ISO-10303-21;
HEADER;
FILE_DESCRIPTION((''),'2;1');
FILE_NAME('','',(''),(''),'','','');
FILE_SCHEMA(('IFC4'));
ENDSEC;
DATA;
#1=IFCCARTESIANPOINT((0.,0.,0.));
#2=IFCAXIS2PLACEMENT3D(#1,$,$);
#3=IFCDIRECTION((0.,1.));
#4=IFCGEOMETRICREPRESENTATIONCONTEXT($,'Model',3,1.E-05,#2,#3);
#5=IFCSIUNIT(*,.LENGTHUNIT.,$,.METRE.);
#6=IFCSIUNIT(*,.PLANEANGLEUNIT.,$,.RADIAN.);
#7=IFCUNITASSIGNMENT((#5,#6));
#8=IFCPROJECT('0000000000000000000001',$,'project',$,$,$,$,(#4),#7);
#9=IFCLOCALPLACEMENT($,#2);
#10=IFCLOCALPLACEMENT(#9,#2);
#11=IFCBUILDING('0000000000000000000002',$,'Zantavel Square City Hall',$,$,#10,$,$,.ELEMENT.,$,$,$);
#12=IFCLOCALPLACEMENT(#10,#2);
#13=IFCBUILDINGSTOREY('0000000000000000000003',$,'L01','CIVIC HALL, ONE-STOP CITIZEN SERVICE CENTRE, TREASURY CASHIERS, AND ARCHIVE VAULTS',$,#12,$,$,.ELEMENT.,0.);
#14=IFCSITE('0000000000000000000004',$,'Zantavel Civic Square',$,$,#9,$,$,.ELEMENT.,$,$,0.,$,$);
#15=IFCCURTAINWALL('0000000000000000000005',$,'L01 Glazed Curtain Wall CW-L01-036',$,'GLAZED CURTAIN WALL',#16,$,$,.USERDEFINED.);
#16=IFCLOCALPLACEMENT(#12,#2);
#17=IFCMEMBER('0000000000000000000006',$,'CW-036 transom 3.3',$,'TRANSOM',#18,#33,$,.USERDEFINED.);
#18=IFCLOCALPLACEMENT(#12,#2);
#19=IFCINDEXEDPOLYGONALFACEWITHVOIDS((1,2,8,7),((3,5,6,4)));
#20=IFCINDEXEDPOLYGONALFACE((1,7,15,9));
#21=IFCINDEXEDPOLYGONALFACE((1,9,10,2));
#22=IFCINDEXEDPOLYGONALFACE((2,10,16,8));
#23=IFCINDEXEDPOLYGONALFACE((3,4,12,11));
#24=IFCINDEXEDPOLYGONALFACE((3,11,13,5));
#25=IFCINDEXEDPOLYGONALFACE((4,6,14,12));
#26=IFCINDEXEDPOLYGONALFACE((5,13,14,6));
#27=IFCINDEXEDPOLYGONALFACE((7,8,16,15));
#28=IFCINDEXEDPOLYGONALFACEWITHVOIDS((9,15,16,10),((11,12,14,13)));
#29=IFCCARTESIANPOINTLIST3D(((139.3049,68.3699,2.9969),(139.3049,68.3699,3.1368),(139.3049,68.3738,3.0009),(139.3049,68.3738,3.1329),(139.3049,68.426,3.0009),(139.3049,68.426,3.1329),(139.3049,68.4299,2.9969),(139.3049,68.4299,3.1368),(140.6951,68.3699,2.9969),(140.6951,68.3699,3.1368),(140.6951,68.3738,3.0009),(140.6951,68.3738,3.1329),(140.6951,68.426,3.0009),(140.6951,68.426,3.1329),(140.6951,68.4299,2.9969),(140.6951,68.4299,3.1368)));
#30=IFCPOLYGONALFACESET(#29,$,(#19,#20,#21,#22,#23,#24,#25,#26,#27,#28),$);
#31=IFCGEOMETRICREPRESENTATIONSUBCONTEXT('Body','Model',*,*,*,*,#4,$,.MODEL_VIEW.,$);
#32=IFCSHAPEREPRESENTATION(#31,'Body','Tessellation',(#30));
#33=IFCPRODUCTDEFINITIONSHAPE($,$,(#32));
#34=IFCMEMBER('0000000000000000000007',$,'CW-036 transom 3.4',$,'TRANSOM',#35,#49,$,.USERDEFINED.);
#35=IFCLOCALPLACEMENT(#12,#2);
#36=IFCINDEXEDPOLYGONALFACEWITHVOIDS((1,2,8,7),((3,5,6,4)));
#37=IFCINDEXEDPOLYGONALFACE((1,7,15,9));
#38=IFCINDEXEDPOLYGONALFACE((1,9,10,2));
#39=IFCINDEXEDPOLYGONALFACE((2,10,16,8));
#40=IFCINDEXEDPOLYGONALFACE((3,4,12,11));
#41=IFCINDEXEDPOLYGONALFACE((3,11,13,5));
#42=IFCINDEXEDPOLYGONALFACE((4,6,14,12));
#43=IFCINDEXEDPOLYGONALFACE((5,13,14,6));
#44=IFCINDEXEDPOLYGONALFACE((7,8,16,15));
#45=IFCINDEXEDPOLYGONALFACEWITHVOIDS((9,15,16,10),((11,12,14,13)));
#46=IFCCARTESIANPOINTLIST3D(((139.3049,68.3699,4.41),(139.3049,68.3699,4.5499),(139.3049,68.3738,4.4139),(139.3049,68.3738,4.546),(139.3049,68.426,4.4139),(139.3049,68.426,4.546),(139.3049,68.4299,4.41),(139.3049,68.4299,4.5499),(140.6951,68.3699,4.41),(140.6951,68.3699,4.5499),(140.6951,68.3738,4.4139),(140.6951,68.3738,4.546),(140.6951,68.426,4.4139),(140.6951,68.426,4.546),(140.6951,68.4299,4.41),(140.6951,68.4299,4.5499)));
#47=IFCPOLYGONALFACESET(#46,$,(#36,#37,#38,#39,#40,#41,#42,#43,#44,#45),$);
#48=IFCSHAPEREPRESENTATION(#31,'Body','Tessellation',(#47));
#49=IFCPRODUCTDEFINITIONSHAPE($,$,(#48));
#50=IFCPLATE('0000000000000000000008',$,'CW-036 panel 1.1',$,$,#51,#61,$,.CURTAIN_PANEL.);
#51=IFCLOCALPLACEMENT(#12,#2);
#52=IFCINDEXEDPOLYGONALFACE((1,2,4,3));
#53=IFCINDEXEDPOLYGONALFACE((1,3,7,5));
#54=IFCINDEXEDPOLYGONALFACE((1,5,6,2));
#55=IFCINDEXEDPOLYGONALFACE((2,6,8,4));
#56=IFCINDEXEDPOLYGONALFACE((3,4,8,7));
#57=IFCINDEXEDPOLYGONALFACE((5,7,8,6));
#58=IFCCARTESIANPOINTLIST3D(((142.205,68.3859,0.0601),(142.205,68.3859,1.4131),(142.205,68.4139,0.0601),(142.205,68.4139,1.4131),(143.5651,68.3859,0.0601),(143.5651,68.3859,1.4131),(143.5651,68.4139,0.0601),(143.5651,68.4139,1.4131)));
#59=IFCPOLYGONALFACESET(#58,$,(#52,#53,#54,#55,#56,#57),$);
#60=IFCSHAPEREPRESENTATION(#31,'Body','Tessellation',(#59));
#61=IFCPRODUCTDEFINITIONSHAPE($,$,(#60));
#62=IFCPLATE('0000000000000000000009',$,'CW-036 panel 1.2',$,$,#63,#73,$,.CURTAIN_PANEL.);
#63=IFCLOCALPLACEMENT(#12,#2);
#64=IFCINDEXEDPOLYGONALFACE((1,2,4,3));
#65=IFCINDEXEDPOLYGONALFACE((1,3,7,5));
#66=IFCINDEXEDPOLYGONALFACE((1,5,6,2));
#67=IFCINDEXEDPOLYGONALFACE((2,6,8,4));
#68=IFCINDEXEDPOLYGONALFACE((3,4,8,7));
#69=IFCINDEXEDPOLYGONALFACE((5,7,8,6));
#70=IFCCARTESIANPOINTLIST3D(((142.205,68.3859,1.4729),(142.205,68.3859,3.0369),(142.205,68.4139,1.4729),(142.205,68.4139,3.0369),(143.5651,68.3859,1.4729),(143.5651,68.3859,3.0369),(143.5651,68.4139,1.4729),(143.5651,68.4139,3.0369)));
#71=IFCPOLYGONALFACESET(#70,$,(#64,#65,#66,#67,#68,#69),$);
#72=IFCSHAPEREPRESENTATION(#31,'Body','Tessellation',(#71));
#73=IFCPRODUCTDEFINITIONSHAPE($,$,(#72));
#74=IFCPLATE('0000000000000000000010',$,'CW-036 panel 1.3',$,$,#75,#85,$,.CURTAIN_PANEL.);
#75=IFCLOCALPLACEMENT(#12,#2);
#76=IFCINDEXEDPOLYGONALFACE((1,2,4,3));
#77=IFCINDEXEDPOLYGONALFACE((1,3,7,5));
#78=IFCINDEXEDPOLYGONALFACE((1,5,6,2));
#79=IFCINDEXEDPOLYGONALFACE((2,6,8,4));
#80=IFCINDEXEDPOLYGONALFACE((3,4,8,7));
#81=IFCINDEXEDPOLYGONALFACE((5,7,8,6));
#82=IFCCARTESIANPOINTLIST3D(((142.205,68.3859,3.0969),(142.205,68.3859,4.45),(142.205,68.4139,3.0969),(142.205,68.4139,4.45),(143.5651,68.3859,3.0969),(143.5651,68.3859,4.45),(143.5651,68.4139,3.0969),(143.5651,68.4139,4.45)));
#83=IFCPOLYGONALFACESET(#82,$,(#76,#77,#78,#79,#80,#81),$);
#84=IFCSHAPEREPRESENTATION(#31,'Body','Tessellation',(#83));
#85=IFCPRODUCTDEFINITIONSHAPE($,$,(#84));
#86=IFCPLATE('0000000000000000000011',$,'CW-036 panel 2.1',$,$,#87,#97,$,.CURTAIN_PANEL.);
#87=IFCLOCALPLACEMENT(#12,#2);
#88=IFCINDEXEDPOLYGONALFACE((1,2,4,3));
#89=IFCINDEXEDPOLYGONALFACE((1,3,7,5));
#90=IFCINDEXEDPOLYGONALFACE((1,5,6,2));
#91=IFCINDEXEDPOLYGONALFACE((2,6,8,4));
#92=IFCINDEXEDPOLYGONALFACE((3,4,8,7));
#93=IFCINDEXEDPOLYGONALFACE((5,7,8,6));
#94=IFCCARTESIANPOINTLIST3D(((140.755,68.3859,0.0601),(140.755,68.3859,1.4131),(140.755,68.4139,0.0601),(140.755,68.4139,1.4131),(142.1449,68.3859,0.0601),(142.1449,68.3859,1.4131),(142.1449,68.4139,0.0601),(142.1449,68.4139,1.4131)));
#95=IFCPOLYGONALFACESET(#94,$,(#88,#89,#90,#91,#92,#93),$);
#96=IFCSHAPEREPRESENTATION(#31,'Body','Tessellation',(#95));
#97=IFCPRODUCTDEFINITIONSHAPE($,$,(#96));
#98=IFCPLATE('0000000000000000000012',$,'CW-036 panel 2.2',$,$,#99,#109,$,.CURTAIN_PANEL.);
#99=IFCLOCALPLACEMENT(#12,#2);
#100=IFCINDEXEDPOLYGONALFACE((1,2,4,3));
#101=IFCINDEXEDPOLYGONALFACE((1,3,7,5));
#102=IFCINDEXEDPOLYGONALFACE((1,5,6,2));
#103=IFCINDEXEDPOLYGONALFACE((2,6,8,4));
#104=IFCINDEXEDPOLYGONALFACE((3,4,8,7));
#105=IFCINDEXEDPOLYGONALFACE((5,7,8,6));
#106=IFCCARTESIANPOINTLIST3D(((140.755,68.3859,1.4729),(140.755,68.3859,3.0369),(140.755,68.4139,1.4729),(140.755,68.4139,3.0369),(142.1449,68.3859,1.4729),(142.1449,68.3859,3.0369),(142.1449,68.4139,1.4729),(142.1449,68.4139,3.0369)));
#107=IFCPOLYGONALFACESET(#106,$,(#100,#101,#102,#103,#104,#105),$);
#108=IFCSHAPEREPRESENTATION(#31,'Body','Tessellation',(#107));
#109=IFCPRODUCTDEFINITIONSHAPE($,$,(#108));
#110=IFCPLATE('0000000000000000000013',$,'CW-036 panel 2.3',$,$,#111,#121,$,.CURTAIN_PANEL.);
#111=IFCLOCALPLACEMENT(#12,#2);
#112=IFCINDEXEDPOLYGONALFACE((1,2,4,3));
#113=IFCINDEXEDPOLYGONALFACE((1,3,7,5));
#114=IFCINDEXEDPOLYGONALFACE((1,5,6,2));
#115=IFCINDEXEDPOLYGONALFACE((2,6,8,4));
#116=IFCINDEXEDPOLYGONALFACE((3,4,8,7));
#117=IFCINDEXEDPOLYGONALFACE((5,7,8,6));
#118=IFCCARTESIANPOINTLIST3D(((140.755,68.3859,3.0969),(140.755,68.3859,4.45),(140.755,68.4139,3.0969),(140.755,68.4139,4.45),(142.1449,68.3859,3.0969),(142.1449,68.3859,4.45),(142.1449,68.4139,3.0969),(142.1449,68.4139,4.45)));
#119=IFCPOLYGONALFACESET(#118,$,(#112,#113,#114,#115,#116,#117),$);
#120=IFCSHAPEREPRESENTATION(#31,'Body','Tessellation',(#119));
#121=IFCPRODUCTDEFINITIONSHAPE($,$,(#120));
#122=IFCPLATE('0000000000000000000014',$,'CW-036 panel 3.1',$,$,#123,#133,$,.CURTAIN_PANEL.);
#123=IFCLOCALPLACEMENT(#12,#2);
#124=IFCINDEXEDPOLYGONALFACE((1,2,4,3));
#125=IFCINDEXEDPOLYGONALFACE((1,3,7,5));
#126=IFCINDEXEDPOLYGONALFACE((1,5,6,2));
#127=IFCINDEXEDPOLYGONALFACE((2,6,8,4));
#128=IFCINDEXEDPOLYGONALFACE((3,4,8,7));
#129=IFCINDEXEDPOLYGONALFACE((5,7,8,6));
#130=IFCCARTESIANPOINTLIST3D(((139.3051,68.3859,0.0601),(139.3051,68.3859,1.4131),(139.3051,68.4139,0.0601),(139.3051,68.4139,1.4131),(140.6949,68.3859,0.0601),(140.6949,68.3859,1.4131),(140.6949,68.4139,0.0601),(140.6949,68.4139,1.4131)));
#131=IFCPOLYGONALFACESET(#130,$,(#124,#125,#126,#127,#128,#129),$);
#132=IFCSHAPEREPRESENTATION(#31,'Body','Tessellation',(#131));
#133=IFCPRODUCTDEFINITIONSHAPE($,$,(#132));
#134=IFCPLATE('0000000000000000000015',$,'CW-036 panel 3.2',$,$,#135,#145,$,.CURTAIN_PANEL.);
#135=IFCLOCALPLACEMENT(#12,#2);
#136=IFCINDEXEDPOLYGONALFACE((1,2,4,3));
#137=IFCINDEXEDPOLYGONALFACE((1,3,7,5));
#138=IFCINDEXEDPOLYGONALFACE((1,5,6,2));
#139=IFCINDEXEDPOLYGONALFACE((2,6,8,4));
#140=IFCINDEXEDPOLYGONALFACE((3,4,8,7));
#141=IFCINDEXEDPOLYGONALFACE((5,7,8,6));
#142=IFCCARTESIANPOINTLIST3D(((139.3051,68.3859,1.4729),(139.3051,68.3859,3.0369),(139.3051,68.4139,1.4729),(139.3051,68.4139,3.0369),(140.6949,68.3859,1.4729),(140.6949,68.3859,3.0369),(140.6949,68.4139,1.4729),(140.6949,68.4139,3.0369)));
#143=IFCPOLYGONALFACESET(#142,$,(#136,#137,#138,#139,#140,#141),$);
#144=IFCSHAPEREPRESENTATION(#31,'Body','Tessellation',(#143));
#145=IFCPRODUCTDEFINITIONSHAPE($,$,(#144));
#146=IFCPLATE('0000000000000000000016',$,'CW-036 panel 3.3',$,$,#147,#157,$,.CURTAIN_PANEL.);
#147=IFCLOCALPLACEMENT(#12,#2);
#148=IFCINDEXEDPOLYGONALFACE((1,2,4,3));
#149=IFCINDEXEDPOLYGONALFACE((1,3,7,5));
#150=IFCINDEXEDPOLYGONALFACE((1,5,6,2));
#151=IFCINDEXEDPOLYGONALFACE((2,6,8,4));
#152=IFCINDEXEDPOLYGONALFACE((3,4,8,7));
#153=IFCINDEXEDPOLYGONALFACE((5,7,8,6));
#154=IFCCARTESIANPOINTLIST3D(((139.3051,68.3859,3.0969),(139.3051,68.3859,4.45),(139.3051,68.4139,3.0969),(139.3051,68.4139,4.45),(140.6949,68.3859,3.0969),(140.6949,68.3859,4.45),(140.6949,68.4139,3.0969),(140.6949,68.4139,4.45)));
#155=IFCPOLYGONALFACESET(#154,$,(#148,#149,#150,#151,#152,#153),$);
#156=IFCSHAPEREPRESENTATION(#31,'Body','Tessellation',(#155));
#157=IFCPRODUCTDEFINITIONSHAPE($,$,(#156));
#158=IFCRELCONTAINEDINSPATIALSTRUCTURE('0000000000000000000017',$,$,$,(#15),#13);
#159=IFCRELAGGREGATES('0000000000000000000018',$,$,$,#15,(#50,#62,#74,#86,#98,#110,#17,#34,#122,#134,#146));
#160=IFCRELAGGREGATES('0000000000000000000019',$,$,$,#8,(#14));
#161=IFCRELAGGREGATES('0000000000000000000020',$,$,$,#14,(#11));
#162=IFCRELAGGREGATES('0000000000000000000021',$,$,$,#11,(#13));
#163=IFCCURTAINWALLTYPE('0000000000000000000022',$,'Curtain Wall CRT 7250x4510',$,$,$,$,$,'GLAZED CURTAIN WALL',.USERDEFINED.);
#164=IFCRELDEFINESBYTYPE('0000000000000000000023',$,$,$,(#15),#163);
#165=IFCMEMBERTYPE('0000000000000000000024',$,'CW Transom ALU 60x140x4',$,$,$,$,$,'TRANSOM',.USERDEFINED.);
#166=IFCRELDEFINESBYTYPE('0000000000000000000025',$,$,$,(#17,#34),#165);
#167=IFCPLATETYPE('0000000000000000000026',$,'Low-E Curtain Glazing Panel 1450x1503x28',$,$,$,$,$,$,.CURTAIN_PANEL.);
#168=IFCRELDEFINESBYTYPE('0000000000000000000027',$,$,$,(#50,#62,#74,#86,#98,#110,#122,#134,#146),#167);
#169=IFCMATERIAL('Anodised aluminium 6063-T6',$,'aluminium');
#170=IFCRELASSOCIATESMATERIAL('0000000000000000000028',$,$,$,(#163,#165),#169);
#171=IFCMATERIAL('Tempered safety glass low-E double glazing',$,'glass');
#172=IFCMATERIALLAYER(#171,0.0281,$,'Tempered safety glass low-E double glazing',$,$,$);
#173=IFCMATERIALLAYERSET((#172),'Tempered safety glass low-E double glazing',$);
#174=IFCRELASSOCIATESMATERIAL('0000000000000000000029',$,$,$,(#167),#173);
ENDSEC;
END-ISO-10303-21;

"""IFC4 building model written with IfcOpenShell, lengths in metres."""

from ifc_helpers import new_model, si_unit, direction, frame, origin, origin_2d, place, context, subcontext, project, spatial, rectangle, hollow_rectangle, extrude, material, layer, layer_set, material_profile, profile_set, type_object, element, aggregate, save


model = new_model("IFC4")

# Units and contexts
model_context = context("Model", 3, precision=1e-05, world=origin(), true_north=direction((0.0, 1.0)))
body_context = subcontext(model_context, "Body", "Model", "MODEL_VIEW")
ifc_project = project(units=[si_unit("LENGTHUNIT", "METRE"), si_unit("PLANEANGLEUNIT", "RADIAN")], contexts=[model_context])

# Site, building, storey
site_placement = place(None, origin())
site = spatial("IfcSite", under=ifc_project, at=site_placement, Name="Zantavel Civic Square", CompositionType="ELEMENT", RefElevation=0.0)
building_placement = place(site_placement, origin())
building = spatial("IfcBuilding", under=site, at=building_placement, Name="Zantavel Square City Hall", CompositionType="ELEMENT")
storey_placement = place(building_placement, origin())
storey = spatial("IfcBuildingStorey", under=building, at=storey_placement, Name="L01", Description="CIVIC HALL, ONE-STOP CITIZEN SERVICE CENTRE, TREASURY CASHIERS, AND ARCHIVE VAULTS", CompositionType="ELEMENT", Elevation=0.0)

# Curtain wall, members, plates
ifc_material_1 = material(Name="Anodised aluminium 6063-T6", Category="aluminium")
curtain_wall_type = type_object("IfcCurtainWallType", Name="Curtain Wall CRT 7250x4510", ElementType="GLAZED CURTAIN WALL", PredefinedType="USERDEFINED", material=ifc_material_1)
curtain_wall_placement = place(storey_placement, origin())
curtain_wall = element("IfcCurtainWall", 1, at=curtain_wall_placement, inside=storey, type_object=curtain_wall_type, Name="L01 Glazed Curtain Wall CW-L01-036", ObjectType="GLAZED CURTAIN WALL", PredefinedType="USERDEFINED")
ifc_material_profile_1 = material_profile(ifc_material_1, hollow_rectangle(XDim=0.0601, YDim=0.1399, WallThickness=0.0039, at=origin_2d()), Name="ALU 60x140x4")
ifc_profile_set_1 = profile_set([ifc_material_profile_1], Name="Anodised aluminium 6063-T6")
member_type_1 = type_object("IfcMemberType", Name="CW Transom ALU 60x140x4", ElementType="TRANSOM", PredefinedType="USERDEFINED", material=ifc_profile_set_1)
member_1_placement = place(storey_placement, frame((140.6951, 68.3999, 3.0669), z_axis=(-1.0, 0.0, 0.0), x_axis=(0.0, -1.0, 0.0)))
member_1 = element("IfcMember", 2, at=member_1_placement, type_object=member_type_1, Name="CW-036 transom 3.3", ObjectType="TRANSOM", PredefinedType="USERDEFINED", context=body_context, shape_type="SweptSolid", body=[
    extrude(hollow_rectangle(XDim=0.0601, YDim=0.1399, WallThickness=0.0039, at=origin_2d()), origin(), (0.0, 0.0, 1.0), 1.3901),
])
member_2_placement = place(storey_placement, frame((140.6951, 68.3999, 4.48), z_axis=(-1.0, 0.0, 0.0), x_axis=(0.0, -1.0, 0.0)))
member_2 = element("IfcMember", 3, at=member_2_placement, type_object=member_type_1, Name="CW-036 transom 3.4", ObjectType="TRANSOM", PredefinedType="USERDEFINED", context=body_context, shape_type="SweptSolid", body=[
    extrude(hollow_rectangle(XDim=0.0601, YDim=0.1399, WallThickness=0.0039, at=origin_2d()), origin(), (0.0, 0.0, 1.0), 1.3901),
])
ifc_material_2 = material(Name="Tempered safety glass low-E double glazing", Category="glass")
ifc_layer = layer(ifc_material_2, 0.0281, Name="Tempered safety glass low-E double glazing")
ifc_layer_set = layer_set([ifc_layer], Name="Tempered safety glass low-E double glazing")
plate_type = type_object("IfcPlateType", Name="Low-E Curtain Glazing Panel 1450x1503x28", PredefinedType="CURTAIN_PANEL", material=ifc_layer_set)
plate_1_placement = place(storey_placement, frame((142.885, 68.3999, 0.0601), z_axis=(0.0, 0.0, 1.0), x_axis=(-1.0, 0.0, 0.0)))
plate_1 = element("IfcPlate", 4, at=plate_1_placement, type_object=plate_type, Name="CW-036 panel 1.1", PredefinedType="CURTAIN_PANEL", context=body_context, shape_type="SweptSolid", body=[
    extrude(rectangle(XDim=1.3601, YDim=0.0281, at=origin_2d()), origin(), (0.0, 0.0, 1.0), 1.353),
])
plate_2_placement = place(storey_placement, frame((142.885, 68.3999, 1.4729), z_axis=(0.0, 0.0, 1.0), x_axis=(-1.0, 0.0, 0.0)))
plate_2 = element("IfcPlate", 5, at=plate_2_placement, type_object=plate_type, Name="CW-036 panel 1.2", PredefinedType="CURTAIN_PANEL", context=body_context, shape_type="SweptSolid", body=[
    extrude(rectangle(XDim=1.3601, YDim=0.0281, at=origin_2d()), origin(), (0.0, 0.0, 1.0), 1.564),
])
plate_3_placement = place(storey_placement, frame((142.885, 68.3999, 3.0969), z_axis=(0.0, 0.0, 1.0), x_axis=(-1.0, 0.0, 0.0)))
plate_3 = element("IfcPlate", 6, at=plate_3_placement, type_object=plate_type, Name="CW-036 panel 1.3", PredefinedType="CURTAIN_PANEL", context=body_context, shape_type="SweptSolid", body=[
    extrude(rectangle(XDim=1.3601, YDim=0.0281, at=origin_2d()), origin(), (0.0, 0.0, 1.0), 1.353),
])
plate_4_placement = place(storey_placement, frame((141.45, 68.3999, 0.0601), z_axis=(0.0, 0.0, 1.0), x_axis=(-1.0, 0.0, 0.0)))
plate_4 = element("IfcPlate", 7, at=plate_4_placement, type_object=plate_type, Name="CW-036 panel 2.1", PredefinedType="CURTAIN_PANEL", context=body_context, shape_type="SweptSolid", body=[
    extrude(rectangle(XDim=1.3899, YDim=0.0281, at=origin_2d()), origin(), (0.0, 0.0, 1.0), 1.353),
])
plate_5_placement = place(storey_placement, frame((141.45, 68.3999, 1.4729), z_axis=(0.0, 0.0, 1.0), x_axis=(-1.0, 0.0, 0.0)))
plate_5 = element("IfcPlate", 8, at=plate_5_placement, type_object=plate_type, Name="CW-036 panel 2.2", PredefinedType="CURTAIN_PANEL", context=body_context, shape_type="SweptSolid", body=[
    extrude(rectangle(XDim=1.3899, YDim=0.0281, at=origin_2d()), origin(), (0.0, 0.0, 1.0), 1.564),
])
plate_6_placement = place(storey_placement, frame((141.45, 68.3999, 3.0969), z_axis=(0.0, 0.0, 1.0), x_axis=(-1.0, 0.0, 0.0)))
plate_6 = element("IfcPlate", 9, at=plate_6_placement, type_object=plate_type, Name="CW-036 panel 2.3", PredefinedType="CURTAIN_PANEL", context=body_context, shape_type="SweptSolid", body=[
    extrude(rectangle(XDim=1.3899, YDim=0.0281, at=origin_2d()), origin(), (0.0, 0.0, 1.0), 1.353),
])
plate_7_placement = place(storey_placement, frame((140.0, 68.3999, 0.0601), z_axis=(0.0, 0.0, 1.0), x_axis=(-1.0, 0.0, 0.0)))
plate_7 = element("IfcPlate", 10, at=plate_7_placement, type_object=plate_type, Name="CW-036 panel 3.1", PredefinedType="CURTAIN_PANEL", context=body_context, shape_type="SweptSolid", body=[
    extrude(rectangle(XDim=1.3899, YDim=0.0281, at=origin_2d()), origin(), (0.0, 0.0, 1.0), 1.353),
])
plate_8_placement = place(storey_placement, frame((140.0, 68.3999, 1.4729), z_axis=(0.0, 0.0, 1.0), x_axis=(-1.0, 0.0, 0.0)))
plate_8 = element("IfcPlate", 11, at=plate_8_placement, type_object=plate_type, Name="CW-036 panel 3.2", PredefinedType="CURTAIN_PANEL", context=body_context, shape_type="SweptSolid", body=[
    extrude(rectangle(XDim=1.3899, YDim=0.0281, at=origin_2d()), origin(), (0.0, 0.0, 1.0), 1.564),
])
plate_9_placement = place(storey_placement, frame((140.0, 68.3999, 3.0969), z_axis=(0.0, 0.0, 1.0), x_axis=(-1.0, 0.0, 0.0)))
plate_9 = element("IfcPlate", 12, at=plate_9_placement, type_object=plate_type, Name="CW-036 panel 3.3", PredefinedType="CURTAIN_PANEL", context=body_context, shape_type="SweptSolid", body=[
    extrude(rectangle(XDim=1.3899, YDim=0.0281, at=origin_2d()), origin(), (0.0, 0.0, 1.0), 1.353),
])
aggregate(curtain_wall, [plate_1, plate_2, plate_3, plate_4, plate_5, plate_6, member_1, member_2, plate_7, plate_8, plate_9])

save(model, "model.ifc")
